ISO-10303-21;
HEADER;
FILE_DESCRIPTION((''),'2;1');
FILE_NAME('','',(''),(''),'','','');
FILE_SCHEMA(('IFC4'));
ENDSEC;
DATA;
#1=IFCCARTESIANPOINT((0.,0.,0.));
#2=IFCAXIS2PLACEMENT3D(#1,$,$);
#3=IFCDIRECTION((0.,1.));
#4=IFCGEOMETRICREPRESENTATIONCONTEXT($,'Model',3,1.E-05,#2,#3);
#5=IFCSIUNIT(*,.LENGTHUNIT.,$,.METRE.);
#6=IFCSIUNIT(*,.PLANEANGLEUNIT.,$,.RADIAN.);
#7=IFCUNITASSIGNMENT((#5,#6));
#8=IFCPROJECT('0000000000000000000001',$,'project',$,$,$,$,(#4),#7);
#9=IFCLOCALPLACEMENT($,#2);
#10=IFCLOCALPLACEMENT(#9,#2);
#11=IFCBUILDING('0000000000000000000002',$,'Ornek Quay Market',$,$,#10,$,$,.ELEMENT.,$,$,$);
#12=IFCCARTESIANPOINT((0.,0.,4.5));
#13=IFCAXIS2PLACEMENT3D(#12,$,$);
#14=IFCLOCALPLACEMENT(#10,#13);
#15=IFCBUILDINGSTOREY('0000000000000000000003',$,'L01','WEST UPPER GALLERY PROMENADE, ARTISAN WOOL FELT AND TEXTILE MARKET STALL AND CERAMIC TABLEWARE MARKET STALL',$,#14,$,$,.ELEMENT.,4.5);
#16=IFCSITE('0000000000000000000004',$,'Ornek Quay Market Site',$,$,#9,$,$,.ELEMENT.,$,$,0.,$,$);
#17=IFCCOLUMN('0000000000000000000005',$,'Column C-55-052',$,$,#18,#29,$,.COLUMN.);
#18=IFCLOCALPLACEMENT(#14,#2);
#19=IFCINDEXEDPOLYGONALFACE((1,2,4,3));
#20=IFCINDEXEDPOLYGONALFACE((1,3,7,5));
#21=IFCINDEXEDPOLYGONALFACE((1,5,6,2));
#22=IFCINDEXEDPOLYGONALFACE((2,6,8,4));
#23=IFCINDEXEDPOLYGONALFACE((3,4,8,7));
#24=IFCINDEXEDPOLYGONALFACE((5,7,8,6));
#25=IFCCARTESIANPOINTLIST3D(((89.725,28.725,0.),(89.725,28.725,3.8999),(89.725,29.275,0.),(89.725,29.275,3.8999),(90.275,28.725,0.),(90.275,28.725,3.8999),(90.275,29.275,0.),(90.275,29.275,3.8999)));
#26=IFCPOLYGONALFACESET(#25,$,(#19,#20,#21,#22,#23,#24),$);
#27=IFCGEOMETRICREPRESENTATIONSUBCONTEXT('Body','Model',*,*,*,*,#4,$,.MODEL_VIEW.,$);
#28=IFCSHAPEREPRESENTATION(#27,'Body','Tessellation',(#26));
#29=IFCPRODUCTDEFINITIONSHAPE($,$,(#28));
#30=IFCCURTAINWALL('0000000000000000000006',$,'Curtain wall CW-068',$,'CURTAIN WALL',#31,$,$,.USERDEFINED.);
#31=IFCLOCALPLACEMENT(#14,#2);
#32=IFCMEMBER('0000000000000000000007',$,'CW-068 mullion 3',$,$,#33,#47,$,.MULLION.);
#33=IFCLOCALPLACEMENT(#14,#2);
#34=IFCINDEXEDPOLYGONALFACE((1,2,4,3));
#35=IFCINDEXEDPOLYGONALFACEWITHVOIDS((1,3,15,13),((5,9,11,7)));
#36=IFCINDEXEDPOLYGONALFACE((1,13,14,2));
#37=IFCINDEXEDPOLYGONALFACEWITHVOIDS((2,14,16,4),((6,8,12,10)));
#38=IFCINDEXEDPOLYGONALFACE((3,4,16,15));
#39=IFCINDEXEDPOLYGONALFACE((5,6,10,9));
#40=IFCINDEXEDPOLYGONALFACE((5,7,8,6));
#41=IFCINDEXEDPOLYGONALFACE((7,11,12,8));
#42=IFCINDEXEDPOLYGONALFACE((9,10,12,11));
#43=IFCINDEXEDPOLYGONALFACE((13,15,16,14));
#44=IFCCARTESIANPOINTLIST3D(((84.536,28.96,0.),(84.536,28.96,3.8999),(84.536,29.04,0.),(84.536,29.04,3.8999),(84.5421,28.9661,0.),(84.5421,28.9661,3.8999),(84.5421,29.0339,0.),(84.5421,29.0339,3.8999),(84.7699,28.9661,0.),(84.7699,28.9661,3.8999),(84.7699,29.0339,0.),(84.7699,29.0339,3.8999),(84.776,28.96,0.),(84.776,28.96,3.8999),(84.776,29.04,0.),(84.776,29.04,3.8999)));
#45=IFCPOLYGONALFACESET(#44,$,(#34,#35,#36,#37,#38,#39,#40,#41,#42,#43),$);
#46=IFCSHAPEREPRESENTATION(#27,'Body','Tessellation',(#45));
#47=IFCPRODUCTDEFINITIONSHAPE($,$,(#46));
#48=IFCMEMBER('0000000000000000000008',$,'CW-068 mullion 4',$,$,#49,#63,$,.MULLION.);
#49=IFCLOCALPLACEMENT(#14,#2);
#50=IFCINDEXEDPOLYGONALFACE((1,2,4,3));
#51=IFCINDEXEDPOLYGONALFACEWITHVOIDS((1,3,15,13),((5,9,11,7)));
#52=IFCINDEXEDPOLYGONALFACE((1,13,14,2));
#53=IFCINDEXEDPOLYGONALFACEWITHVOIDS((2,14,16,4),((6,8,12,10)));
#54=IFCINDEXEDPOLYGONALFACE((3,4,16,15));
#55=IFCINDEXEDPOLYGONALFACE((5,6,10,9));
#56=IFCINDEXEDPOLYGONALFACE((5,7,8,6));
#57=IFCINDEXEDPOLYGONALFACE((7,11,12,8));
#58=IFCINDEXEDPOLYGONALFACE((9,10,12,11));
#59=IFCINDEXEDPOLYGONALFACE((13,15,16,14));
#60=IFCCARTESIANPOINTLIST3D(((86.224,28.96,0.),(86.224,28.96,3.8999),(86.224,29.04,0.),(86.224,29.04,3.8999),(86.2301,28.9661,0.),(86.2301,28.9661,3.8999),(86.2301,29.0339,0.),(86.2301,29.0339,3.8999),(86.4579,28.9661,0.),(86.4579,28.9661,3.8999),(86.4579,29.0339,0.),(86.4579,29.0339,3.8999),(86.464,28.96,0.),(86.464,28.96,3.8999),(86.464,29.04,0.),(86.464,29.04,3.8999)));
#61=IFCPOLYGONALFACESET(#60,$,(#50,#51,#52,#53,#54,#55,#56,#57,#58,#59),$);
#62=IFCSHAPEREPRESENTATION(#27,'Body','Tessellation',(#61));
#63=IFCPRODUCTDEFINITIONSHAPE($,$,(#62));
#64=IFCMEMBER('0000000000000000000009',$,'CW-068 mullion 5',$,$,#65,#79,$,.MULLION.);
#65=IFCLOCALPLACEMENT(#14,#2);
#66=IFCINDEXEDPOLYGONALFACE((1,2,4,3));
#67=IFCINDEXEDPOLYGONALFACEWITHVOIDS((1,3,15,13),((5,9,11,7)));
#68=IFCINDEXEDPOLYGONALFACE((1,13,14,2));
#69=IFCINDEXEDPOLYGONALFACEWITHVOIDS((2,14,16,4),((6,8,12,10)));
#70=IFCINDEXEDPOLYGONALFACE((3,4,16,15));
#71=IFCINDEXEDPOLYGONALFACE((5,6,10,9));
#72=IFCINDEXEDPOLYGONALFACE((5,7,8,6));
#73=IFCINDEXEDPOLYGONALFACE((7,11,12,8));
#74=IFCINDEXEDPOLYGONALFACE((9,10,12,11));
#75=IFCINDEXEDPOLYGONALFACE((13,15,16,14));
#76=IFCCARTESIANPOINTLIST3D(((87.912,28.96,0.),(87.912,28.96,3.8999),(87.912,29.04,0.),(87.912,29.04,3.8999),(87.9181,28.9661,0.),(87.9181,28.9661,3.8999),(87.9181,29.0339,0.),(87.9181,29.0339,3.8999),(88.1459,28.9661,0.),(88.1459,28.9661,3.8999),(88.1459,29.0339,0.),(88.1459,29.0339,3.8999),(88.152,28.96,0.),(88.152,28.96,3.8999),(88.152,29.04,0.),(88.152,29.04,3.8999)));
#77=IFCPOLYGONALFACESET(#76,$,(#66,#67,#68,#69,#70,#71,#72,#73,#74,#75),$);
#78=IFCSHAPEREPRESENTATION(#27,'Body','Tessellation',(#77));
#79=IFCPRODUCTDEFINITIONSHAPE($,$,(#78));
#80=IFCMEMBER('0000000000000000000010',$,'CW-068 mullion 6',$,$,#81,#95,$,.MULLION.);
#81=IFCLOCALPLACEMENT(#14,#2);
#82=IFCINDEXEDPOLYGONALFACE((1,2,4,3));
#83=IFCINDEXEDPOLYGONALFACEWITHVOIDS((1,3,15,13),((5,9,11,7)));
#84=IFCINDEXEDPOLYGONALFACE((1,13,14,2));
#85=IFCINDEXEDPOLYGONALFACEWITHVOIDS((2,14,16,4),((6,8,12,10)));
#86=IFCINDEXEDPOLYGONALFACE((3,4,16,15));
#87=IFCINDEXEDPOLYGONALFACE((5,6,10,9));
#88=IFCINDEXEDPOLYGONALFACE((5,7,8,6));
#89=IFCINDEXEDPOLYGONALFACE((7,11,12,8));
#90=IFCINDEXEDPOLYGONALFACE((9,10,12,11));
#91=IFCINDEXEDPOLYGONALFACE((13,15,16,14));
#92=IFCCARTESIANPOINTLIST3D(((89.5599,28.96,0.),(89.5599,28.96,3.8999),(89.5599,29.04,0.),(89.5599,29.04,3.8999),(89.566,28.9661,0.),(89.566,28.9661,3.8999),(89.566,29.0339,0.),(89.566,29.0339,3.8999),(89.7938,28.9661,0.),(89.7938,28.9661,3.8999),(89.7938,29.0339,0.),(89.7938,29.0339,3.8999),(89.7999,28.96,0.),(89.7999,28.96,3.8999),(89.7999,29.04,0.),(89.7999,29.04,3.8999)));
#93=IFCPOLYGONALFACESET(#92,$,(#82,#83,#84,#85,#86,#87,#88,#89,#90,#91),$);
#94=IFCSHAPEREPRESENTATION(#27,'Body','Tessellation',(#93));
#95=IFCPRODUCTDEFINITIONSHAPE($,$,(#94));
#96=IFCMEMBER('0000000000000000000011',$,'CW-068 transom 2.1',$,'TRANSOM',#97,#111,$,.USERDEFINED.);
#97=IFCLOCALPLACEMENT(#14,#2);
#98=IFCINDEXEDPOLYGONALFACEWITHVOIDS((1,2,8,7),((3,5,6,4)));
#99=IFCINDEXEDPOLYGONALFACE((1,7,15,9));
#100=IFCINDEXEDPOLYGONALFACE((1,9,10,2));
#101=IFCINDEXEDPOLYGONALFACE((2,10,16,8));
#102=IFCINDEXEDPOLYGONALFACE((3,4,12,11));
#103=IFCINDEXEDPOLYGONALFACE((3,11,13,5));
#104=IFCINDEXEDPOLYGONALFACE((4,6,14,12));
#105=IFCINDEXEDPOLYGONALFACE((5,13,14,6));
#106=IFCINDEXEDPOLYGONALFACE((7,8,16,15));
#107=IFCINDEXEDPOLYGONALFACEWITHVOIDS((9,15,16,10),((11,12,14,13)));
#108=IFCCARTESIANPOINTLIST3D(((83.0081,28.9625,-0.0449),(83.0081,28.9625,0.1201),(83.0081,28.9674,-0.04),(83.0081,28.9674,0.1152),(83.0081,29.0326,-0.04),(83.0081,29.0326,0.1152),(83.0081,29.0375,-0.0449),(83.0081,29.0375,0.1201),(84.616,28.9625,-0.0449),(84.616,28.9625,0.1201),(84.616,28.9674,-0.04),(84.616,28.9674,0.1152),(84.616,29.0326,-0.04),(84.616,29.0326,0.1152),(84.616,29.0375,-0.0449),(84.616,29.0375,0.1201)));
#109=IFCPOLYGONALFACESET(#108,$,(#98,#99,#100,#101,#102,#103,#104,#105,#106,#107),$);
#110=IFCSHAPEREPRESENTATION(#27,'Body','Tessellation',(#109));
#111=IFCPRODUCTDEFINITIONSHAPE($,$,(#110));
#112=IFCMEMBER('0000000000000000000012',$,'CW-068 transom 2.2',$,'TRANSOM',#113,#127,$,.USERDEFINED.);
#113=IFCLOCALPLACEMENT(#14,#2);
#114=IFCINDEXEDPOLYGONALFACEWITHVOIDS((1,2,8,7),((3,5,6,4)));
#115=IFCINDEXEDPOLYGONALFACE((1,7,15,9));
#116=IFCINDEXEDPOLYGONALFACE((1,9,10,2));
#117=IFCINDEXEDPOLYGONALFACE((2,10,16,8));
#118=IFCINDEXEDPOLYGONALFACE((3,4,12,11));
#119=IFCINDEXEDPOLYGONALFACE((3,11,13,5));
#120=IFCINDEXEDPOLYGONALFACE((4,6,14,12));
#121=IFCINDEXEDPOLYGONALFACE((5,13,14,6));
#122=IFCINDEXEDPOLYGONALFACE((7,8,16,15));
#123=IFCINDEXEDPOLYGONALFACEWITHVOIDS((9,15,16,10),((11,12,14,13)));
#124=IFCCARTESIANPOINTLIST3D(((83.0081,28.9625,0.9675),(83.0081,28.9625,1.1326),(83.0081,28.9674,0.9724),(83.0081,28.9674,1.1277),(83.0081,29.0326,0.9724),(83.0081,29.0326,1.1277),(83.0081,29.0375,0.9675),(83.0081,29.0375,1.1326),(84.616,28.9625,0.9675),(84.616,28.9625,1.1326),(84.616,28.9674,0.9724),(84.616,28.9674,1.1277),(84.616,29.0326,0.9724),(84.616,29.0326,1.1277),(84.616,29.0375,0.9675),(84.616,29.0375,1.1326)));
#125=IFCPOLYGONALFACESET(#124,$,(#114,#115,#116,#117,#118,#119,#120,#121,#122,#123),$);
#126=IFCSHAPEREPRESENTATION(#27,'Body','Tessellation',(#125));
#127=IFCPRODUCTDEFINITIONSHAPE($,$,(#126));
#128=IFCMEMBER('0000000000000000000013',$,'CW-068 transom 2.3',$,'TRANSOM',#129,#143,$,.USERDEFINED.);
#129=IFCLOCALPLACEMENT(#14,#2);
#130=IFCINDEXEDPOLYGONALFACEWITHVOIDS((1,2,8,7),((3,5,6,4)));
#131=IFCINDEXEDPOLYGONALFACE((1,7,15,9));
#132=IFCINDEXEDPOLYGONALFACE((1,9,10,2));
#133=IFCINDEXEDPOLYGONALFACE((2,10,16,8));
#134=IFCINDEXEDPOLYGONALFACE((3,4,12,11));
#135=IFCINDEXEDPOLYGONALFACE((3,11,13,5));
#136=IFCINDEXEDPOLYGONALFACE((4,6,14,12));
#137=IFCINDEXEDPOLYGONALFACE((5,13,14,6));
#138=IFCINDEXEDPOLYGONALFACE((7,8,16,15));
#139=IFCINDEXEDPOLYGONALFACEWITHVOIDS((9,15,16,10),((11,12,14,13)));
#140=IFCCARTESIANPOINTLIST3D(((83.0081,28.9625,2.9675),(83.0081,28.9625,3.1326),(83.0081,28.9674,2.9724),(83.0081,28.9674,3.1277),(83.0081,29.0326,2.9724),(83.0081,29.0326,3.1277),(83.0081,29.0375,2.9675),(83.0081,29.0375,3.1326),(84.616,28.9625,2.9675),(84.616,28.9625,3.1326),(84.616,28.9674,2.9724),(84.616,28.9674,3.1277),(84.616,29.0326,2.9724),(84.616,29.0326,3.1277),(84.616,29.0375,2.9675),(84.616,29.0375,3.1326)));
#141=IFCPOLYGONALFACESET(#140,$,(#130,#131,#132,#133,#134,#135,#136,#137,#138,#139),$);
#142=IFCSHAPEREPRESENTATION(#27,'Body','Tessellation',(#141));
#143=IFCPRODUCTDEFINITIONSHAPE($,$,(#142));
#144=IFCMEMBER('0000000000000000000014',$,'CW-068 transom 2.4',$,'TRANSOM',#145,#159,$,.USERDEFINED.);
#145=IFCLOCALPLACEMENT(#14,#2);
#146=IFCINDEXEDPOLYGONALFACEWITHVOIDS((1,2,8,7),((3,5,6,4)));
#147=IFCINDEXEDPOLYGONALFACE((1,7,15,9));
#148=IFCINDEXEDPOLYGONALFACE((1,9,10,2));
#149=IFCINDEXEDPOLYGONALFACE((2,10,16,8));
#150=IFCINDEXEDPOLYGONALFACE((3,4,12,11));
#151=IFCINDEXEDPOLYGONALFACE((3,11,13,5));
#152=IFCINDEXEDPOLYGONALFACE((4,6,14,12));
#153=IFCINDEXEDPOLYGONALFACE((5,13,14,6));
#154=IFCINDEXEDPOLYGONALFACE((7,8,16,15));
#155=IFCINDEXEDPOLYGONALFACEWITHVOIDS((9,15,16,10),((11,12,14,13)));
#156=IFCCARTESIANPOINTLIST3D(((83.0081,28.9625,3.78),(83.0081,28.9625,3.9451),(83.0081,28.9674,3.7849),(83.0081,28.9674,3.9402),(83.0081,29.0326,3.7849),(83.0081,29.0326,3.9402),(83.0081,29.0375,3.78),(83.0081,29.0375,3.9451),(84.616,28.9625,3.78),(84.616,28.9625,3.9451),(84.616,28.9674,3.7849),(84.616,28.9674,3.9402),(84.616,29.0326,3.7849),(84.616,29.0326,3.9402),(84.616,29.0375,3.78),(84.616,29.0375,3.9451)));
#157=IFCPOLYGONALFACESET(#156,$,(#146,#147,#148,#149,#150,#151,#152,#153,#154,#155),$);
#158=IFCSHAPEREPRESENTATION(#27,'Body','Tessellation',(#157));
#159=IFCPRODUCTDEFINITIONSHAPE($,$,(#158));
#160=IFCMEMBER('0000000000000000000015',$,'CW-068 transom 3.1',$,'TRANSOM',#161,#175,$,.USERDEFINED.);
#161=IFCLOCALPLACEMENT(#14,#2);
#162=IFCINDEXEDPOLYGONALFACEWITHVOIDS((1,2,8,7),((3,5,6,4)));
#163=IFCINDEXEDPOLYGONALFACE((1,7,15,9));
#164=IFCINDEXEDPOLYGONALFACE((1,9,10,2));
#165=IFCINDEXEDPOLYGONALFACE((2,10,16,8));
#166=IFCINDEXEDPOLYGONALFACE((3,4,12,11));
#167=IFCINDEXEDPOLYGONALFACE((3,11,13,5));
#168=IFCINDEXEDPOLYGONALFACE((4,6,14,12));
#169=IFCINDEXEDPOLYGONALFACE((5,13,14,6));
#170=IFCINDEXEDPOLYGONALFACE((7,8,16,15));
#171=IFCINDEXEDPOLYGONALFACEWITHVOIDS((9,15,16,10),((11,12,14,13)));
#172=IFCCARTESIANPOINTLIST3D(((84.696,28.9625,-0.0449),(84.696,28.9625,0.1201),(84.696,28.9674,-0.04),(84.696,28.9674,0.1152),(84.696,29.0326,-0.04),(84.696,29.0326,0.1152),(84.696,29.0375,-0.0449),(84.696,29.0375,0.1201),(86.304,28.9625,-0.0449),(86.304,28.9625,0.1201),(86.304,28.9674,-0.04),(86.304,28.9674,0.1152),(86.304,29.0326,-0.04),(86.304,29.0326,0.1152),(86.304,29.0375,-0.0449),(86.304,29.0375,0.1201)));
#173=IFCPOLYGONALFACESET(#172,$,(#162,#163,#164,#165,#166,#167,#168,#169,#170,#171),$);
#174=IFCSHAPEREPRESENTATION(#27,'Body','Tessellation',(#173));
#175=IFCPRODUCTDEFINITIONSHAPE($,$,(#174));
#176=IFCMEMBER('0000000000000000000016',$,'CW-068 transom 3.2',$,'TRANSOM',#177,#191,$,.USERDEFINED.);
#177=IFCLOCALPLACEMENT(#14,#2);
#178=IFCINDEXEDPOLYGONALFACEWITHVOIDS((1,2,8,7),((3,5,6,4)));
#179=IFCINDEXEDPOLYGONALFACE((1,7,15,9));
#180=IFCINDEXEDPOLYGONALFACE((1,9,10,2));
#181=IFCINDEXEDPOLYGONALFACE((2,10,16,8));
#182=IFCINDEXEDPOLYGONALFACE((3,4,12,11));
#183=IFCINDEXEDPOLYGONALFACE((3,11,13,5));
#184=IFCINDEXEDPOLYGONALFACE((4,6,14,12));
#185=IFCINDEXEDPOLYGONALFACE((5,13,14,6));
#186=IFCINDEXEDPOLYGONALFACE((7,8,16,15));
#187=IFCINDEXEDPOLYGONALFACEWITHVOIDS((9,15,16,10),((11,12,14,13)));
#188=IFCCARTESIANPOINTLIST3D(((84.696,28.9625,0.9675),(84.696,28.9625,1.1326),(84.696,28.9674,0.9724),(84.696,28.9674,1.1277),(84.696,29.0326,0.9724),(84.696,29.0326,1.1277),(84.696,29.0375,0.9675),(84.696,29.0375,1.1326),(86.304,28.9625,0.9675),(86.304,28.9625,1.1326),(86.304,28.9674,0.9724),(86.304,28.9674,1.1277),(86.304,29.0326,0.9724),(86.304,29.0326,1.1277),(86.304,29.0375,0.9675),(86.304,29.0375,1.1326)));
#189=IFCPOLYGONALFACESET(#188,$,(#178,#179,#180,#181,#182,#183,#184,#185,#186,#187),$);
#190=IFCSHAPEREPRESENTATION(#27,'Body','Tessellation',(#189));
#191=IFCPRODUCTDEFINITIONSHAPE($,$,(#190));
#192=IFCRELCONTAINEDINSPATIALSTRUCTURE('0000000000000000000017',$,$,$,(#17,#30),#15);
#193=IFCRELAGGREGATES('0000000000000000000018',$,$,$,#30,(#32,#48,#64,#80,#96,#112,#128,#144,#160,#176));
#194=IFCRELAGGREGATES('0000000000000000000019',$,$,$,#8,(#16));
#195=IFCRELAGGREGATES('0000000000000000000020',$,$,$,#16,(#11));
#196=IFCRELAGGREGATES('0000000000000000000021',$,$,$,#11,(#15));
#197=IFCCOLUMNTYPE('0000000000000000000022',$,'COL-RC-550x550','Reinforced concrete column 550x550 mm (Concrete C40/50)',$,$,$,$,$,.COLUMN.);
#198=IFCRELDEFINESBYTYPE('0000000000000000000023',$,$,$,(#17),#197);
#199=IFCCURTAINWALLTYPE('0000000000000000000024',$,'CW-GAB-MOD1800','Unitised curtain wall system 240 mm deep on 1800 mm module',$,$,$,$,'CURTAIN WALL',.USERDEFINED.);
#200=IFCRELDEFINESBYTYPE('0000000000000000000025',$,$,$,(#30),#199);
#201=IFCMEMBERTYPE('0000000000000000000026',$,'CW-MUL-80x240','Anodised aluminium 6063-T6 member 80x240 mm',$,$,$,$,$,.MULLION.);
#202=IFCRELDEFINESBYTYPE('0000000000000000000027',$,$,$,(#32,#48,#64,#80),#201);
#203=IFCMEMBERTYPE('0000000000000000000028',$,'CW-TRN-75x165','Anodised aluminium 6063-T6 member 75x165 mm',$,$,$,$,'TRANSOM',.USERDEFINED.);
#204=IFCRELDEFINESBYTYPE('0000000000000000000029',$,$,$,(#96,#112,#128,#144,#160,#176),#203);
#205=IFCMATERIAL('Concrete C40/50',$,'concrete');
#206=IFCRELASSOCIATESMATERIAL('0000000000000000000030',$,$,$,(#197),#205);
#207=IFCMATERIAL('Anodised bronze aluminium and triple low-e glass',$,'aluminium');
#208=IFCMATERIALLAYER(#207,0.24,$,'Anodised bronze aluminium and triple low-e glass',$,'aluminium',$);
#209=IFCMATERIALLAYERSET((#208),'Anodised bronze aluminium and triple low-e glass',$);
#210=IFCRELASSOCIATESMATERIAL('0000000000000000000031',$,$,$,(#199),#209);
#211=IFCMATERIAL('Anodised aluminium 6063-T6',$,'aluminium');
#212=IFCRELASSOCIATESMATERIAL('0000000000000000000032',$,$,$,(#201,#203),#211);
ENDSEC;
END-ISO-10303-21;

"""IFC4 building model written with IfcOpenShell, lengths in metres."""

from ifc_helpers import new_model, si_unit, direction, frame, origin, origin_2d, place, context, subcontext, project, spatial, rectangle, hollow_rectangle, extrude, material, layer, layer_set, material_profile, profile_set, type_object, element, aggregate, save


model = new_model("IFC4")

# Units and contexts
model_context = context("Model", 3, precision=1e-05, world=origin(), true_north=direction((0.0, 1.0)))
body_context = subcontext(model_context, "Body", "Model", "MODEL_VIEW")
ifc_project = project(units=[si_unit("LENGTHUNIT", "METRE"), si_unit("PLANEANGLEUNIT", "RADIAN")], contexts=[model_context])

# Site, building, storey
site_placement = place(None, origin())
site = spatial("IfcSite", under=ifc_project, at=site_placement, Name="Ornek Quay Market Site", CompositionType="ELEMENT", RefElevation=0.0)
building_placement = place(site_placement, origin())
building = spatial("IfcBuilding", under=site, at=building_placement, Name="Ornek Quay Market", CompositionType="ELEMENT")
storey_placement = place(building_placement, frame((0.0, 0.0, 4.5)))
storey = spatial("IfcBuildingStorey", under=building, at=storey_placement, Name="L01", Description="WEST UPPER GALLERY PROMENADE, ARTISAN WOOL FELT AND TEXTILE MARKET STALL AND CERAMIC TABLEWARE MARKET STALL", CompositionType="ELEMENT", Elevation=4.5)

# Column
ifc_material_1 = material(Name="Concrete C40/50", Category="concrete")
ifc_material_profile_1 = material_profile(ifc_material_1, rectangle(XDim=0.55, YDim=0.55, at=origin_2d()), Name="RC 550x550", Category="concrete")
ifc_profile_set_1 = profile_set([ifc_material_profile_1], Name="Concrete C40/50")
column_type = type_object("IfcColumnType", Name="COL-RC-550x550", Description="Reinforced concrete column 550x550 mm (Concrete C40/50)", PredefinedType="COLUMN", material=ifc_profile_set_1)
column_placement = place(storey_placement, frame((90.0, 29.0, 0.0), z_axis=(0.0, 0.0, 1.0), x_axis=(1.0, 0.0, 0.0)))
element("IfcColumn", 1, at=column_placement, inside=storey, type_object=column_type, Name="Column C-55-052", PredefinedType="COLUMN", context=body_context, shape_type="SweptSolid", body=[
    extrude(rectangle(XDim=0.55, YDim=0.55, at=origin_2d()), origin(), (0.0, 0.0, 1.0), 3.8999),
])

# Curtain wall, members
ifc_material_2 = material(Name="Anodised bronze aluminium and triple low-e glass", Category="aluminium")
ifc_layer_1 = layer(ifc_material_2, 0.24, Name="Anodised bronze aluminium and triple low-e glass", Category="aluminium")
ifc_layer_set_1 = layer_set([ifc_layer_1], Name="Anodised bronze aluminium and triple low-e glass")
curtain_wall_type = type_object("IfcCurtainWallType", Name="CW-GAB-MOD1800", Description="Unitised curtain wall system 240 mm deep on 1800 mm module", ElementType="CURTAIN WALL", PredefinedType="USERDEFINED", material=ifc_layer_set_1)
curtain_wall_placement = place(storey_placement, origin())
curtain_wall = element("IfcCurtainWall", 2, at=curtain_wall_placement, inside=storey, type_object=curtain_wall_type, Name="Curtain wall CW-068", ObjectType="CURTAIN WALL", PredefinedType="USERDEFINED")
ifc_material_3 = material(Name="Anodised aluminium 6063-T6", Category="aluminium")
ifc_material_profile_2 = material_profile(ifc_material_3, hollow_rectangle(XDim=0.0801, YDim=0.24, WallThickness=0.0061, at=origin_2d()), Name="CW-MUL-80x240", Category="aluminium")
ifc_profile_set_2 = profile_set([ifc_material_profile_2], Name="Anodised aluminium 6063-T6")
member_type_1 = type_object("IfcMemberType", Name="CW-MUL-80x240", Description="Anodised aluminium 6063-T6 member 80x240 mm", PredefinedType="MULLION", material=ifc_profile_set_2)
member_1_placement = place(storey_placement, frame((84.656, 29.0, 0.0), z_axis=(0.0, 0.0, 1.0), x_axis=(0.0, 1.0, 0.0)))
member_1 = element("IfcMember", 3, at=member_1_placement, type_object=member_type_1, Name="CW-068 mullion 3", PredefinedType="MULLION", context=body_context, shape_type="SweptSolid", body=[
    extrude(hollow_rectangle(XDim=0.0801, YDim=0.24, WallThickness=0.0061, at=origin_2d()), origin(), (0.0, 0.0, 1.0), 3.8999),
])
member_2_placement = place(storey_placement, frame((86.344, 29.0, 0.0), z_axis=(0.0, 0.0, 1.0), x_axis=(0.0, 1.0, 0.0)))
member_2 = element("IfcMember", 4, at=member_2_placement, type_object=member_type_1, Name="CW-068 mullion 4", PredefinedType="MULLION", context=body_context, shape_type="SweptSolid", body=[
    extrude(hollow_rectangle(XDim=0.0801, YDim=0.24, WallThickness=0.0061, at=origin_2d()), origin(), (0.0, 0.0, 1.0), 3.8999),
])
member_3_placement = place(storey_placement, frame((88.032, 29.0, 0.0), z_axis=(0.0, 0.0, 1.0), x_axis=(0.0, 1.0, 0.0)))
member_3 = element("IfcMember", 5, at=member_3_placement, type_object=member_type_1, Name="CW-068 mullion 5", PredefinedType="MULLION", context=body_context, shape_type="SweptSolid", body=[
    extrude(hollow_rectangle(XDim=0.0801, YDim=0.24, WallThickness=0.0061, at=origin_2d()), origin(), (0.0, 0.0, 1.0), 3.8999),
])
member_4_placement = place(storey_placement, frame((89.6799, 29.0, 0.0), z_axis=(0.0, 0.0, 1.0), x_axis=(0.0, 1.0, 0.0)))
member_4 = element("IfcMember", 6, at=member_4_placement, type_object=member_type_1, Name="CW-068 mullion 6", PredefinedType="MULLION", context=body_context, shape_type="SweptSolid", body=[
    extrude(hollow_rectangle(XDim=0.0801, YDim=0.24, WallThickness=0.0061, at=origin_2d()), origin(), (0.0, 0.0, 1.0), 3.8999),
])
ifc_material_profile_3 = material_profile(ifc_material_3, hollow_rectangle(XDim=0.075, YDim=0.165, WallThickness=0.0049, at=origin_2d()), Name="CW-TRN-75x165", Category="aluminium")
ifc_profile_set_3 = profile_set([ifc_material_profile_3], Name="Anodised aluminium 6063-T6")
member_type_2 = type_object("IfcMemberType", Name="CW-TRN-75x165", Description="Anodised aluminium 6063-T6 member 75x165 mm", ElementType="TRANSOM", PredefinedType="USERDEFINED", material=ifc_profile_set_3)
member_5_placement = place(storey_placement, frame((83.0081, 29.0, 0.0376), z_axis=(1.0, 0.0, 0.0), x_axis=(0.0, 1.0, 0.0)))
member_5 = element("IfcMember", 7, at=member_5_placement, type_object=member_type_2, Name="CW-068 transom 2.1", ObjectType="TRANSOM", PredefinedType="USERDEFINED", context=body_context, shape_type="SweptSolid", body=[
    extrude(hollow_rectangle(XDim=0.075, YDim=0.165, WallThickness=0.0049, at=origin_2d()), origin(), (0.0, 0.0, 1.0), 1.6079),
])
member_6_placement = place(storey_placement, frame((83.0081, 29.0, 1.05), z_axis=(1.0, 0.0, 0.0), x_axis=(0.0, 1.0, 0.0)))
member_6 = element("IfcMember", 8, at=member_6_placement, type_object=member_type_2, Name="CW-068 transom 2.2", ObjectType="TRANSOM", PredefinedType="USERDEFINED", context=body_context, shape_type="SweptSolid", body=[
    extrude(hollow_rectangle(XDim=0.075, YDim=0.165, WallThickness=0.0049, at=origin_2d()), origin(), (0.0, 0.0, 1.0), 1.6079),
])
member_7_placement = place(storey_placement, frame((83.0081, 29.0, 3.05), z_axis=(1.0, 0.0, 0.0), x_axis=(0.0, 1.0, 0.0)))
member_7 = element("IfcMember", 9, at=member_7_placement, type_object=member_type_2, Name="CW-068 transom 2.3", ObjectType="TRANSOM", PredefinedType="USERDEFINED", context=body_context, shape_type="SweptSolid", body=[
    extrude(hollow_rectangle(XDim=0.075, YDim=0.165, WallThickness=0.0049, at=origin_2d()), origin(), (0.0, 0.0, 1.0), 1.6079),
])
member_8_placement = place(storey_placement, frame((83.0081, 29.0, 3.8625), z_axis=(1.0, 0.0, 0.0), x_axis=(0.0, 1.0, 0.0)))
member_8 = element("IfcMember", 10, at=member_8_placement, type_object=member_type_2, Name="CW-068 transom 2.4", ObjectType="TRANSOM", PredefinedType="USERDEFINED", context=body_context, shape_type="SweptSolid", body=[
    extrude(hollow_rectangle(XDim=0.075, YDim=0.165, WallThickness=0.0049, at=origin_2d()), origin(), (0.0, 0.0, 1.0), 1.6079),
])
member_9_placement = place(storey_placement, frame((84.696, 29.0, 0.0376), z_axis=(1.0, 0.0, 0.0), x_axis=(0.0, 1.0, 0.0)))
member_9 = element("IfcMember", 11, at=member_9_placement, type_object=member_type_2, Name="CW-068 transom 3.1", ObjectType="TRANSOM", PredefinedType="USERDEFINED", context=body_context, shape_type="SweptSolid", body=[
    extrude(hollow_rectangle(XDim=0.075, YDim=0.165, WallThickness=0.0049, at=origin_2d()), origin(), (0.0, 0.0, 1.0), 1.6079),
])
member_10_placement = place(storey_placement, frame((84.696, 29.0, 1.05), z_axis=(1.0, 0.0, 0.0), x_axis=(0.0, 1.0, 0.0)))
member_10 = element("IfcMember", 12, at=member_10_placement, type_object=member_type_2, Name="CW-068 transom 3.2", ObjectType="TRANSOM", PredefinedType="USERDEFINED", context=body_context, shape_type="SweptSolid", body=[
    extrude(hollow_rectangle(XDim=0.075, YDim=0.165, WallThickness=0.0049, at=origin_2d()), origin(), (0.0, 0.0, 1.0), 1.6079),
])
aggregate(curtain_wall, [member_1, member_2, member_3, member_4, member_5, member_6, member_7, member_8, member_9, member_10])

save(model, "model.ifc")
